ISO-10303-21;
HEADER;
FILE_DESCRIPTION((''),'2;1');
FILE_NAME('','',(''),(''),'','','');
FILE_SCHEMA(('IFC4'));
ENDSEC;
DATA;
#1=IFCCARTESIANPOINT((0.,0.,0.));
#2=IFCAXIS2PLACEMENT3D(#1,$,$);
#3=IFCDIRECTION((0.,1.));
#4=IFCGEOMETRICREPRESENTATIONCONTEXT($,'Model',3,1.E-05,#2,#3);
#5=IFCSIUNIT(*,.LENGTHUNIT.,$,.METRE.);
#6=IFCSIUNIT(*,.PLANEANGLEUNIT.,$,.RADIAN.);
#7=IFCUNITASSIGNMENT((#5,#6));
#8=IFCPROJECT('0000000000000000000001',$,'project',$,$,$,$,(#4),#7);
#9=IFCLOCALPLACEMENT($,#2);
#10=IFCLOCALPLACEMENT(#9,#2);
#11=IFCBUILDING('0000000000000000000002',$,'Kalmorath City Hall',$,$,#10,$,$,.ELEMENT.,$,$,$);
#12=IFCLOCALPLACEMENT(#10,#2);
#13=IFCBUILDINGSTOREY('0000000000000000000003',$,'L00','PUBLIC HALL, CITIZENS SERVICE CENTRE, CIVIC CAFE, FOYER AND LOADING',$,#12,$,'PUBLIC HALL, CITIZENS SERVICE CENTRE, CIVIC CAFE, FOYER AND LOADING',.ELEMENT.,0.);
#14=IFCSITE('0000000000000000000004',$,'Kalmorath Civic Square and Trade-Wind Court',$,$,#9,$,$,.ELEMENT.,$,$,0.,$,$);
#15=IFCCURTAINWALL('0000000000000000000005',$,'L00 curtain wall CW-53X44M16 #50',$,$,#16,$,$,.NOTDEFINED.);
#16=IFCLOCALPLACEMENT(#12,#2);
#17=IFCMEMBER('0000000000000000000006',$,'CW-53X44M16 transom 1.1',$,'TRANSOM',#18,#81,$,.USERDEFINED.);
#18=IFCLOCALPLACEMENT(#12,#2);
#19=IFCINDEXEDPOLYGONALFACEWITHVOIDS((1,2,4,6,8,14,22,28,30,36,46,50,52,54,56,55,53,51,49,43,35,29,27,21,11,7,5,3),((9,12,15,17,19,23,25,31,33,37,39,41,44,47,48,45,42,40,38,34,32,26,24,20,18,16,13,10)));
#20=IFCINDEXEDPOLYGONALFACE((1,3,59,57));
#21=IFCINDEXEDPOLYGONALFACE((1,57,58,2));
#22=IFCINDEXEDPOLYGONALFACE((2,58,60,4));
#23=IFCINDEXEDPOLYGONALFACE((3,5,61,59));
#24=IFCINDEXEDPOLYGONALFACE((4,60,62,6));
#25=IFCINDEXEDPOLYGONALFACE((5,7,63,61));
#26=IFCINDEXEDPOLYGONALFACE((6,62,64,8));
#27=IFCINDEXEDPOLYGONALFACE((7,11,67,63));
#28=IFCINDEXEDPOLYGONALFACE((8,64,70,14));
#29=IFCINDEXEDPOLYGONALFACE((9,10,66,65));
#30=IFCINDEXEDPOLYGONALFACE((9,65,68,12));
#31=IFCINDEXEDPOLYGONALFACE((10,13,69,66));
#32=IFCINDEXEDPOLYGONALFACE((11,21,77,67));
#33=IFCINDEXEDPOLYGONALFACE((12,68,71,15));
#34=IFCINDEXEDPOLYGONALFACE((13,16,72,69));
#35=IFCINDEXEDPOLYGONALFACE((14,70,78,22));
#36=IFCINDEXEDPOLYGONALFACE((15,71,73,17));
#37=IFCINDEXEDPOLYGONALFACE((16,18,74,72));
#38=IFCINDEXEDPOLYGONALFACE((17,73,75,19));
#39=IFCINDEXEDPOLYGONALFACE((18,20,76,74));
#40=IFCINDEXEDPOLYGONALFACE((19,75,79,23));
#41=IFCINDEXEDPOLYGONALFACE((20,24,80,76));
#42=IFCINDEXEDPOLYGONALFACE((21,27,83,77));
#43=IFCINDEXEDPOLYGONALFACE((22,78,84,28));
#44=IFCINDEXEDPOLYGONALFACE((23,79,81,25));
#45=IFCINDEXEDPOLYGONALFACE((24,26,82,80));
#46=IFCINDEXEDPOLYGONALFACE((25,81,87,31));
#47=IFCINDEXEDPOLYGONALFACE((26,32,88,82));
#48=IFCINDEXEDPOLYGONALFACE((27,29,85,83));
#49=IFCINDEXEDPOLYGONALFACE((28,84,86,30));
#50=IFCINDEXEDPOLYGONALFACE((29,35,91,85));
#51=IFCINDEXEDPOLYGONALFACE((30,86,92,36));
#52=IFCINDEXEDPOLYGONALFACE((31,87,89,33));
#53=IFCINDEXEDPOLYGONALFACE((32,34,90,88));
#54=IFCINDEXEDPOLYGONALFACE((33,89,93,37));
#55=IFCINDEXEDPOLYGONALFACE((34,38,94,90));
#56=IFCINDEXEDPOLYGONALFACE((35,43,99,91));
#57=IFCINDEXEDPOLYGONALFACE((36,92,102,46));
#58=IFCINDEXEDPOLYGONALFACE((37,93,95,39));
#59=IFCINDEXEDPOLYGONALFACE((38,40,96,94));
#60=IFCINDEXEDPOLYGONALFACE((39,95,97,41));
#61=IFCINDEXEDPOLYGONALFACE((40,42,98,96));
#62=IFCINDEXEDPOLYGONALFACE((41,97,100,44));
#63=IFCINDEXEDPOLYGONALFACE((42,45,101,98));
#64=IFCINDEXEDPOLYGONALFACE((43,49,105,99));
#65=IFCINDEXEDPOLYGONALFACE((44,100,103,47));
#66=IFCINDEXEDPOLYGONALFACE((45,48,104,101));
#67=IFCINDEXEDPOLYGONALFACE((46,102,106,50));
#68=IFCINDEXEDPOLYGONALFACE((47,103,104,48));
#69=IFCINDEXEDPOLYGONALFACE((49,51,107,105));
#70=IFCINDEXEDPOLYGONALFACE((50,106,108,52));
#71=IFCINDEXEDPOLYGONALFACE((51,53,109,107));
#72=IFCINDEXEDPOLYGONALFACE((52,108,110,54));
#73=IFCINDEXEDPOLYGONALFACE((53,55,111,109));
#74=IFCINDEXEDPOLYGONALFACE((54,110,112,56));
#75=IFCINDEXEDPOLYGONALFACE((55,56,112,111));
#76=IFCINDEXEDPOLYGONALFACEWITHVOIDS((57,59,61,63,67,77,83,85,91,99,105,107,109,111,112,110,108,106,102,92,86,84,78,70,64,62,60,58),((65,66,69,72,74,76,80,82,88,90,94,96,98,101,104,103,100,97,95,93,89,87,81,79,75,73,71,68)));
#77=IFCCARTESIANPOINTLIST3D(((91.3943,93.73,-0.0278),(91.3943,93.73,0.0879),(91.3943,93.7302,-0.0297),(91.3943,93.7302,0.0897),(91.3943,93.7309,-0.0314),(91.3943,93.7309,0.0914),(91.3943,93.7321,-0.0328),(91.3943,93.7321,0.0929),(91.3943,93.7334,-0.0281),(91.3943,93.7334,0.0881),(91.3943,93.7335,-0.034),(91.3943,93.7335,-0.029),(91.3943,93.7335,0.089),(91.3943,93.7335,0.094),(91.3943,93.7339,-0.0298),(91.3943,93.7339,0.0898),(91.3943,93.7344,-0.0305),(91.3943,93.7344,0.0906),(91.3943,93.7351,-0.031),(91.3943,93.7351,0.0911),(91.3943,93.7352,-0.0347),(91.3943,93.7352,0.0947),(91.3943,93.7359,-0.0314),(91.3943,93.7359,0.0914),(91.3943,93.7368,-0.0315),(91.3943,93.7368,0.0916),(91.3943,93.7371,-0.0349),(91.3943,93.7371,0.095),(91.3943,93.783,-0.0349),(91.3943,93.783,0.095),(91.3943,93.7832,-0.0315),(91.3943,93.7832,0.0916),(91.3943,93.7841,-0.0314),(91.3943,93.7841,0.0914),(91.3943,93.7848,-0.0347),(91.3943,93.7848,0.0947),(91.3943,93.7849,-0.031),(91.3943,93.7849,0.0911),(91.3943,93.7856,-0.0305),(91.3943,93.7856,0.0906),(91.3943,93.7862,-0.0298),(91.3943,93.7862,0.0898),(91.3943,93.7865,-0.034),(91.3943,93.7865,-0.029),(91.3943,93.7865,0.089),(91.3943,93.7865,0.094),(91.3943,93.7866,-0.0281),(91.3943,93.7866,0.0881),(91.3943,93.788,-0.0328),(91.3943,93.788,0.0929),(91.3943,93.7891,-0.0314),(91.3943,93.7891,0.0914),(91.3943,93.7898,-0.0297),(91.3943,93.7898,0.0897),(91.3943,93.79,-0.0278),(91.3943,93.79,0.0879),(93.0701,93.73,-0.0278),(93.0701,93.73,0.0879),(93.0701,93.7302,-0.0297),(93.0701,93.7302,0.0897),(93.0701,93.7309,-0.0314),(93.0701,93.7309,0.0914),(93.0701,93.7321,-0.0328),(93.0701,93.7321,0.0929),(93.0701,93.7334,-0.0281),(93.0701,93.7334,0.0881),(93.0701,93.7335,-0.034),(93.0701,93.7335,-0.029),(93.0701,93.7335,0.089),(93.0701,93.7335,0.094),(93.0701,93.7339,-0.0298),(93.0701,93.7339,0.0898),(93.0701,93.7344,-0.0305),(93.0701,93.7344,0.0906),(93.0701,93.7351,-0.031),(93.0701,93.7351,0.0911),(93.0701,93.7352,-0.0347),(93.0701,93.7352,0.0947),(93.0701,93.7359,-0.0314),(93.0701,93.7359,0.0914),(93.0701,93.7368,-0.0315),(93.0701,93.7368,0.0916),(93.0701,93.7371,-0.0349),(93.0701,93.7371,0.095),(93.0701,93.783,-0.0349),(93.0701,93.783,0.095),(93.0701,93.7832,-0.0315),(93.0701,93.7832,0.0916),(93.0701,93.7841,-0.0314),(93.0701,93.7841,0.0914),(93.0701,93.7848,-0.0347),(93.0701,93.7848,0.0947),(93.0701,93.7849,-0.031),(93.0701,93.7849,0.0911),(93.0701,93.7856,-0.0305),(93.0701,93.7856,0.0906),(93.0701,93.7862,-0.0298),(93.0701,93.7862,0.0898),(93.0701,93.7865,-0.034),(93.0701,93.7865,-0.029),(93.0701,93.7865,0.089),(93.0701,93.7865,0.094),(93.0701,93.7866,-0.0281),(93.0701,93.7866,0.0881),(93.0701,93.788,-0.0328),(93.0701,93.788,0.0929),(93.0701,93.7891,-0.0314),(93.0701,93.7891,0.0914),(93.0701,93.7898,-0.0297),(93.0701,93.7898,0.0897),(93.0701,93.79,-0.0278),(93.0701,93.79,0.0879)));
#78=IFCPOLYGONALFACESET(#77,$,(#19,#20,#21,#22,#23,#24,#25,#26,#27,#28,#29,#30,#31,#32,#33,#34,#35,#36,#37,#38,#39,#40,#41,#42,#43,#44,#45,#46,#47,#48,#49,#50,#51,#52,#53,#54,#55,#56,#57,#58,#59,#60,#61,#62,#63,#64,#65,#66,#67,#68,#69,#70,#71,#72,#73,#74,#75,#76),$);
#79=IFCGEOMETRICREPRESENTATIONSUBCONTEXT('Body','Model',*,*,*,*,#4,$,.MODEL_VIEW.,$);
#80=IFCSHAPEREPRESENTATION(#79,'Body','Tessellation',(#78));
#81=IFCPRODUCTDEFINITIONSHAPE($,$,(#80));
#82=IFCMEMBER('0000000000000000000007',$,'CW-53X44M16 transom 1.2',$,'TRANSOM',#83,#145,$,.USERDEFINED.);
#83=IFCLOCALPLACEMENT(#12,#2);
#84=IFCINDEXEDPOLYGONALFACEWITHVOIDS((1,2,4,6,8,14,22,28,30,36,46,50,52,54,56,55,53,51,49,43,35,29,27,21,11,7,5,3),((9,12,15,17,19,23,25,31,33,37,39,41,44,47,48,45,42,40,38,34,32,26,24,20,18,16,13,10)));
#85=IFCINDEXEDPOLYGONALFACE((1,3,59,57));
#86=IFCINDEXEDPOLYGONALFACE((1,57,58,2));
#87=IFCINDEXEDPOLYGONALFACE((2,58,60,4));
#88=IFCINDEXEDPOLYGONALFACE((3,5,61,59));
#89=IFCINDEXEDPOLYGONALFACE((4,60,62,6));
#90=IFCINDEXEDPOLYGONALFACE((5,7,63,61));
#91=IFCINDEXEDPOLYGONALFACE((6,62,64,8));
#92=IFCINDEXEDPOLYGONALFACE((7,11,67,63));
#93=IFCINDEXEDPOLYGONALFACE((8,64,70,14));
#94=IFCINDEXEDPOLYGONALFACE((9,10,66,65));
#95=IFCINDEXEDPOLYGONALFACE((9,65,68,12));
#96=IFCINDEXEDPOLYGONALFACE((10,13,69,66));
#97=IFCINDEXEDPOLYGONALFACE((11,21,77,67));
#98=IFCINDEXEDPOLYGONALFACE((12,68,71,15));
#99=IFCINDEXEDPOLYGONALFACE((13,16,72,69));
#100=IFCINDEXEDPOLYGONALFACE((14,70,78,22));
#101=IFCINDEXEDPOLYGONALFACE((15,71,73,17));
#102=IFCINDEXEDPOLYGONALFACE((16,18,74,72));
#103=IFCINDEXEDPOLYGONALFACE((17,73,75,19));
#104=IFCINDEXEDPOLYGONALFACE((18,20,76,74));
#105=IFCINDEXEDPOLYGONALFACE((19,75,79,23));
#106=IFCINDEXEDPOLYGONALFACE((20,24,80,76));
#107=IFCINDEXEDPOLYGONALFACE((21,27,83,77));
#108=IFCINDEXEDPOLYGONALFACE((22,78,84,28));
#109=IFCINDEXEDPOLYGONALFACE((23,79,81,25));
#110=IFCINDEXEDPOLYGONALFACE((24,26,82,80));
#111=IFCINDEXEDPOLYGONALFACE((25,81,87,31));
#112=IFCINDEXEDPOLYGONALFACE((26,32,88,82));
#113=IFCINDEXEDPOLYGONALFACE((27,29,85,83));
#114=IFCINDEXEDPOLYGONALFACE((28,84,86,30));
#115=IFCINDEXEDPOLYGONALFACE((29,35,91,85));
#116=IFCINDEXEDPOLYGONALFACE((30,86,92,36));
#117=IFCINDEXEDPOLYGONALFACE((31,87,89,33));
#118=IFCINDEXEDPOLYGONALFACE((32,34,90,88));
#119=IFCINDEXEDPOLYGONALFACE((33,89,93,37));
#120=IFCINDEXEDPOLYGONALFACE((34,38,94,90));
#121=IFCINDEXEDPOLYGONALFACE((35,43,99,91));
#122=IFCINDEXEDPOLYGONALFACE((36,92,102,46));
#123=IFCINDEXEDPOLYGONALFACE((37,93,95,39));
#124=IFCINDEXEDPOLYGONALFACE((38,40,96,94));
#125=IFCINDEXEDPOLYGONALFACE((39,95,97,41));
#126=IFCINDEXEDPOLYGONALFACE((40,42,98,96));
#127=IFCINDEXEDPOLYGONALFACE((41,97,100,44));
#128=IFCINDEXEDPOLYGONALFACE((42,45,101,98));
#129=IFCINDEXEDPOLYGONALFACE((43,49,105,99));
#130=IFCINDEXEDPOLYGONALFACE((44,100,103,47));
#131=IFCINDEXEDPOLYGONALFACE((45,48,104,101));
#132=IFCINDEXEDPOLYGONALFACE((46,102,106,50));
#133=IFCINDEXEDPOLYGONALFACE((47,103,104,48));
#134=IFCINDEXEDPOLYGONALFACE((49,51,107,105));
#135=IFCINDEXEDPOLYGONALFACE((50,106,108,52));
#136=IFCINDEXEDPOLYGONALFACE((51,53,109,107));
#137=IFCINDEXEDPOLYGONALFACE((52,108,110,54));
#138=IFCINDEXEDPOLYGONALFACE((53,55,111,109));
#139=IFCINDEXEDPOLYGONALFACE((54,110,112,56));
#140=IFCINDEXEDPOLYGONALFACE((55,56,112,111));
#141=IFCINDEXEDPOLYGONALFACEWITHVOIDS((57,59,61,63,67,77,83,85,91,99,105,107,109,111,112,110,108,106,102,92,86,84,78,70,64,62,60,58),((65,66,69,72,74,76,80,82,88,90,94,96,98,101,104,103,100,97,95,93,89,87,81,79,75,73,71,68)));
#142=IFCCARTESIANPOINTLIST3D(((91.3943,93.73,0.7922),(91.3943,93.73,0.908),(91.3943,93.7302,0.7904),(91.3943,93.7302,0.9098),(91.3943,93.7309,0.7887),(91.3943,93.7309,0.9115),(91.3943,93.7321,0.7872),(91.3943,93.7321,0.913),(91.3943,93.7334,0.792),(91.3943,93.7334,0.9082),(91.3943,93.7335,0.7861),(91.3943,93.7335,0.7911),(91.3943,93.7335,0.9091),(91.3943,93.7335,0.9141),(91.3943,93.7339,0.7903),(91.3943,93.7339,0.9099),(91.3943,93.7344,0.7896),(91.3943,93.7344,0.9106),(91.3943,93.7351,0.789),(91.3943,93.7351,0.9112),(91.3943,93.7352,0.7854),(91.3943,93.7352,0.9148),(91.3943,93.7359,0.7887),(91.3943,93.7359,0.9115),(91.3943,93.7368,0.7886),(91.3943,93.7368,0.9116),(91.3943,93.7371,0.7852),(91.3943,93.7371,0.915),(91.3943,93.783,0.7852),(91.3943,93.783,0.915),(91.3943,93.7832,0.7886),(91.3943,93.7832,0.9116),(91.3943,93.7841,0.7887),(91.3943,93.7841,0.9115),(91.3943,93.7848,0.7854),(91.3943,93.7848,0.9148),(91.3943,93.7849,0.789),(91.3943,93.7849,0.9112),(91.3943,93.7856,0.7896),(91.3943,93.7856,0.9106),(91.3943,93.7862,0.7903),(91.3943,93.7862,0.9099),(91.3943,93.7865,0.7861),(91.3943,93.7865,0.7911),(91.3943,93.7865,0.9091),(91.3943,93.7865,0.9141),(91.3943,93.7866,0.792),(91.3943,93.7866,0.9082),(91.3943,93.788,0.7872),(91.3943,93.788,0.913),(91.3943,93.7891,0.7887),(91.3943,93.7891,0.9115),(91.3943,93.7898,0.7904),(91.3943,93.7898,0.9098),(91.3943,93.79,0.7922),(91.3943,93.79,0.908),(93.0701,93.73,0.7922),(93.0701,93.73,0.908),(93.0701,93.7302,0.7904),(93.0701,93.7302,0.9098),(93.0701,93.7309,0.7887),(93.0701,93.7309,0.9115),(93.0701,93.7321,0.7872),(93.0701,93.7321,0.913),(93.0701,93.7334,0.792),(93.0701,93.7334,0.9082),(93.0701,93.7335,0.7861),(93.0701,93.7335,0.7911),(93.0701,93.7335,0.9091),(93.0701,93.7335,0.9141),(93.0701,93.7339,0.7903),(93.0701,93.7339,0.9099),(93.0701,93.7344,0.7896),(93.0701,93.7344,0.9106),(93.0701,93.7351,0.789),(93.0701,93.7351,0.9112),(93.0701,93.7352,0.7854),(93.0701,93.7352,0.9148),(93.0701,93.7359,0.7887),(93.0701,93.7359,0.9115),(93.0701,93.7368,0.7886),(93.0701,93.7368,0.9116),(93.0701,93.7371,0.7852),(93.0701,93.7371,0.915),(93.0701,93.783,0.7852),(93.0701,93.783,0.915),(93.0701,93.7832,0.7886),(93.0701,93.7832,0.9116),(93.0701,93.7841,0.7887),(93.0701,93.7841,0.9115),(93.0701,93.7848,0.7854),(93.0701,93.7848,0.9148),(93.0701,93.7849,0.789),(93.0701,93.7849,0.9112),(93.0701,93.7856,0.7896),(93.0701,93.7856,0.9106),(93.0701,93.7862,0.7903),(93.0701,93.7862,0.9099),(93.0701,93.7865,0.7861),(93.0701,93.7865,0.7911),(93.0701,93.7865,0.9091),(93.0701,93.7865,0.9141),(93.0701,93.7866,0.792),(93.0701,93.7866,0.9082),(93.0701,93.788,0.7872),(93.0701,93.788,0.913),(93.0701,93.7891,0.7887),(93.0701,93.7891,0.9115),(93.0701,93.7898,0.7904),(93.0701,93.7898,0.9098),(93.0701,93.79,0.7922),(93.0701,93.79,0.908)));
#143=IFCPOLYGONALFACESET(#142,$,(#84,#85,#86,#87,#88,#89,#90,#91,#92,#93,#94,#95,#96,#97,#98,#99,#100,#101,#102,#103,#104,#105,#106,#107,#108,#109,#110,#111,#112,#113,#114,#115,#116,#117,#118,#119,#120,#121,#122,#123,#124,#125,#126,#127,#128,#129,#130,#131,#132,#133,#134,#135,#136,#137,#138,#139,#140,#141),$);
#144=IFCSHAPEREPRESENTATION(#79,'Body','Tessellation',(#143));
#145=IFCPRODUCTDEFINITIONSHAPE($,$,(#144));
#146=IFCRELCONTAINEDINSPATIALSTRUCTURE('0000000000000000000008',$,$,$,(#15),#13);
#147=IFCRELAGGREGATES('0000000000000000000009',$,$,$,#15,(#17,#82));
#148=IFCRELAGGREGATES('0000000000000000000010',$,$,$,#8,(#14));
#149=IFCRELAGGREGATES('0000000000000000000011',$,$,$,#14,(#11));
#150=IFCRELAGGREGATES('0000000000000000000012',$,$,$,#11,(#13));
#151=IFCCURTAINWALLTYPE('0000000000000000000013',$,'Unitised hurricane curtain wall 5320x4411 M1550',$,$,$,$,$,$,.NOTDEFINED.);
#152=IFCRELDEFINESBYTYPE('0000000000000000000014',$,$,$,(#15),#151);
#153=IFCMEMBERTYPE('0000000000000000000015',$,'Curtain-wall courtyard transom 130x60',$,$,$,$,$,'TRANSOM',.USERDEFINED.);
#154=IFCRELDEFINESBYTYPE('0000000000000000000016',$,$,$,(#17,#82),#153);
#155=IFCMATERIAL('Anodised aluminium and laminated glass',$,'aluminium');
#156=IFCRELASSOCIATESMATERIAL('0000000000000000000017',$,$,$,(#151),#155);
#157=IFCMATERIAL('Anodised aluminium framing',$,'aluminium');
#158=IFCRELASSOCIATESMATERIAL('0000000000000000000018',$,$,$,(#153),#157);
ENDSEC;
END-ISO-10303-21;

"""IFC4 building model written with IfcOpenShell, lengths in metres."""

from ifc_helpers import new_model, si_unit, direction, frame, origin, origin_2d, place, context, subcontext, project, spatial, hollow_rectangle, extrude, material, material_profile, profile_set, type_object, element, aggregate, save


model = new_model("IFC4")

# Units and contexts
model_context = context("Model", 3, precision=1e-05, world=origin(), true_north=direction((0.0, 1.0)))
body_context = subcontext(model_context, "Body", "Model", "MODEL_VIEW")
ifc_project = project(units=[si_unit("LENGTHUNIT", "METRE"), si_unit("PLANEANGLEUNIT", "RADIAN")], contexts=[model_context])

# Site, building, storey
site_placement = place(None, origin())
site = spatial("IfcSite", under=ifc_project, at=site_placement, Name="Kalmorath Civic Square and Trade-Wind Court", CompositionType="ELEMENT", RefElevation=0.0)
building_placement = place(site_placement, origin())
building = spatial("IfcBuilding", under=site, at=building_placement, Name="Kalmorath City Hall", CompositionType="ELEMENT")
storey_placement = place(building_placement, origin())
storey = spatial("IfcBuildingStorey", under=building, at=storey_placement, Name="L00", Description="PUBLIC HALL, CITIZENS SERVICE CENTRE, CIVIC CAFE, FOYER AND LOADING", LongName="PUBLIC HALL, CITIZENS SERVICE CENTRE, CIVIC CAFE, FOYER AND LOADING", CompositionType="ELEMENT", Elevation=0.0)

# Curtain wall, members
ifc_material_1 = material(Name="Anodised aluminium and laminated glass", Category="aluminium")
curtain_wall_type = type_object("IfcCurtainWallType", Name="Unitised hurricane curtain wall 5320x4411 M1550", PredefinedType="NOTDEFINED", material=ifc_material_1)
curtain_wall_placement = place(storey_placement, origin())
curtain_wall = element("IfcCurtainWall", 1, at=curtain_wall_placement, inside=storey, type_object=curtain_wall_type, Name="L00 curtain wall CW-53X44M16 #50", PredefinedType="NOTDEFINED")
ifc_material_2 = material(Name="Anodised aluminium framing", Category="aluminium")
ifc_material_profile_1 = material_profile(ifc_material_2, hollow_rectangle(XDim=0.0601, YDim=0.1299, WallThickness=0.0034, InnerFilletRadius=0.0034, OuterFilletRadius=0.0071, at=origin_2d()), Name="ALU-TRN-130X60X3.5")
ifc_profile_set_1 = profile_set([ifc_material_profile_1], Name="Anodised aluminium framing")
member_type_1 = type_object("IfcMemberType", Name="Curtain-wall courtyard transom 130x60", ElementType="TRANSOM", PredefinedType="USERDEFINED", material=ifc_profile_set_1)
member_1_placement = place(storey_placement, frame((93.0701, 93.76, 0.03), z_axis=(-1.0, 0.0, 0.0), x_axis=(0.0, -1.0, 0.0)))
member_1 = element("IfcMember", 2, at=member_1_placement, type_object=member_type_1, Name="CW-53X44M16 transom 1.1", ObjectType="TRANSOM", PredefinedType="USERDEFINED", context=body_context, shape_type="SweptSolid", body=[
    extrude(hollow_rectangle(XDim=0.0601, YDim=0.1299, WallThickness=0.0034, InnerFilletRadius=0.0034, OuterFilletRadius=0.0071, at=origin_2d()), origin(), (0.0, 0.0, 1.0), 1.6758),
])
member_2_placement = place(storey_placement, frame((93.0701, 93.76, 0.8501), z_axis=(-1.0, 0.0, 0.0), x_axis=(0.0, -1.0, 0.0)))
member_2 = element("IfcMember", 3, at=member_2_placement, type_object=member_type_1, Name="CW-53X44M16 transom 1.2", ObjectType="TRANSOM", PredefinedType="USERDEFINED", context=body_context, shape_type="SweptSolid", body=[
    extrude(hollow_rectangle(XDim=0.0601, YDim=0.1299, WallThickness=0.0034, InnerFilletRadius=0.0034, OuterFilletRadius=0.0071, at=origin_2d()), origin(), (0.0, 0.0, 1.0), 1.6758),
])

aggregate(curtain_wall, [member_1, member_2])

save(model, "model.ifc")
